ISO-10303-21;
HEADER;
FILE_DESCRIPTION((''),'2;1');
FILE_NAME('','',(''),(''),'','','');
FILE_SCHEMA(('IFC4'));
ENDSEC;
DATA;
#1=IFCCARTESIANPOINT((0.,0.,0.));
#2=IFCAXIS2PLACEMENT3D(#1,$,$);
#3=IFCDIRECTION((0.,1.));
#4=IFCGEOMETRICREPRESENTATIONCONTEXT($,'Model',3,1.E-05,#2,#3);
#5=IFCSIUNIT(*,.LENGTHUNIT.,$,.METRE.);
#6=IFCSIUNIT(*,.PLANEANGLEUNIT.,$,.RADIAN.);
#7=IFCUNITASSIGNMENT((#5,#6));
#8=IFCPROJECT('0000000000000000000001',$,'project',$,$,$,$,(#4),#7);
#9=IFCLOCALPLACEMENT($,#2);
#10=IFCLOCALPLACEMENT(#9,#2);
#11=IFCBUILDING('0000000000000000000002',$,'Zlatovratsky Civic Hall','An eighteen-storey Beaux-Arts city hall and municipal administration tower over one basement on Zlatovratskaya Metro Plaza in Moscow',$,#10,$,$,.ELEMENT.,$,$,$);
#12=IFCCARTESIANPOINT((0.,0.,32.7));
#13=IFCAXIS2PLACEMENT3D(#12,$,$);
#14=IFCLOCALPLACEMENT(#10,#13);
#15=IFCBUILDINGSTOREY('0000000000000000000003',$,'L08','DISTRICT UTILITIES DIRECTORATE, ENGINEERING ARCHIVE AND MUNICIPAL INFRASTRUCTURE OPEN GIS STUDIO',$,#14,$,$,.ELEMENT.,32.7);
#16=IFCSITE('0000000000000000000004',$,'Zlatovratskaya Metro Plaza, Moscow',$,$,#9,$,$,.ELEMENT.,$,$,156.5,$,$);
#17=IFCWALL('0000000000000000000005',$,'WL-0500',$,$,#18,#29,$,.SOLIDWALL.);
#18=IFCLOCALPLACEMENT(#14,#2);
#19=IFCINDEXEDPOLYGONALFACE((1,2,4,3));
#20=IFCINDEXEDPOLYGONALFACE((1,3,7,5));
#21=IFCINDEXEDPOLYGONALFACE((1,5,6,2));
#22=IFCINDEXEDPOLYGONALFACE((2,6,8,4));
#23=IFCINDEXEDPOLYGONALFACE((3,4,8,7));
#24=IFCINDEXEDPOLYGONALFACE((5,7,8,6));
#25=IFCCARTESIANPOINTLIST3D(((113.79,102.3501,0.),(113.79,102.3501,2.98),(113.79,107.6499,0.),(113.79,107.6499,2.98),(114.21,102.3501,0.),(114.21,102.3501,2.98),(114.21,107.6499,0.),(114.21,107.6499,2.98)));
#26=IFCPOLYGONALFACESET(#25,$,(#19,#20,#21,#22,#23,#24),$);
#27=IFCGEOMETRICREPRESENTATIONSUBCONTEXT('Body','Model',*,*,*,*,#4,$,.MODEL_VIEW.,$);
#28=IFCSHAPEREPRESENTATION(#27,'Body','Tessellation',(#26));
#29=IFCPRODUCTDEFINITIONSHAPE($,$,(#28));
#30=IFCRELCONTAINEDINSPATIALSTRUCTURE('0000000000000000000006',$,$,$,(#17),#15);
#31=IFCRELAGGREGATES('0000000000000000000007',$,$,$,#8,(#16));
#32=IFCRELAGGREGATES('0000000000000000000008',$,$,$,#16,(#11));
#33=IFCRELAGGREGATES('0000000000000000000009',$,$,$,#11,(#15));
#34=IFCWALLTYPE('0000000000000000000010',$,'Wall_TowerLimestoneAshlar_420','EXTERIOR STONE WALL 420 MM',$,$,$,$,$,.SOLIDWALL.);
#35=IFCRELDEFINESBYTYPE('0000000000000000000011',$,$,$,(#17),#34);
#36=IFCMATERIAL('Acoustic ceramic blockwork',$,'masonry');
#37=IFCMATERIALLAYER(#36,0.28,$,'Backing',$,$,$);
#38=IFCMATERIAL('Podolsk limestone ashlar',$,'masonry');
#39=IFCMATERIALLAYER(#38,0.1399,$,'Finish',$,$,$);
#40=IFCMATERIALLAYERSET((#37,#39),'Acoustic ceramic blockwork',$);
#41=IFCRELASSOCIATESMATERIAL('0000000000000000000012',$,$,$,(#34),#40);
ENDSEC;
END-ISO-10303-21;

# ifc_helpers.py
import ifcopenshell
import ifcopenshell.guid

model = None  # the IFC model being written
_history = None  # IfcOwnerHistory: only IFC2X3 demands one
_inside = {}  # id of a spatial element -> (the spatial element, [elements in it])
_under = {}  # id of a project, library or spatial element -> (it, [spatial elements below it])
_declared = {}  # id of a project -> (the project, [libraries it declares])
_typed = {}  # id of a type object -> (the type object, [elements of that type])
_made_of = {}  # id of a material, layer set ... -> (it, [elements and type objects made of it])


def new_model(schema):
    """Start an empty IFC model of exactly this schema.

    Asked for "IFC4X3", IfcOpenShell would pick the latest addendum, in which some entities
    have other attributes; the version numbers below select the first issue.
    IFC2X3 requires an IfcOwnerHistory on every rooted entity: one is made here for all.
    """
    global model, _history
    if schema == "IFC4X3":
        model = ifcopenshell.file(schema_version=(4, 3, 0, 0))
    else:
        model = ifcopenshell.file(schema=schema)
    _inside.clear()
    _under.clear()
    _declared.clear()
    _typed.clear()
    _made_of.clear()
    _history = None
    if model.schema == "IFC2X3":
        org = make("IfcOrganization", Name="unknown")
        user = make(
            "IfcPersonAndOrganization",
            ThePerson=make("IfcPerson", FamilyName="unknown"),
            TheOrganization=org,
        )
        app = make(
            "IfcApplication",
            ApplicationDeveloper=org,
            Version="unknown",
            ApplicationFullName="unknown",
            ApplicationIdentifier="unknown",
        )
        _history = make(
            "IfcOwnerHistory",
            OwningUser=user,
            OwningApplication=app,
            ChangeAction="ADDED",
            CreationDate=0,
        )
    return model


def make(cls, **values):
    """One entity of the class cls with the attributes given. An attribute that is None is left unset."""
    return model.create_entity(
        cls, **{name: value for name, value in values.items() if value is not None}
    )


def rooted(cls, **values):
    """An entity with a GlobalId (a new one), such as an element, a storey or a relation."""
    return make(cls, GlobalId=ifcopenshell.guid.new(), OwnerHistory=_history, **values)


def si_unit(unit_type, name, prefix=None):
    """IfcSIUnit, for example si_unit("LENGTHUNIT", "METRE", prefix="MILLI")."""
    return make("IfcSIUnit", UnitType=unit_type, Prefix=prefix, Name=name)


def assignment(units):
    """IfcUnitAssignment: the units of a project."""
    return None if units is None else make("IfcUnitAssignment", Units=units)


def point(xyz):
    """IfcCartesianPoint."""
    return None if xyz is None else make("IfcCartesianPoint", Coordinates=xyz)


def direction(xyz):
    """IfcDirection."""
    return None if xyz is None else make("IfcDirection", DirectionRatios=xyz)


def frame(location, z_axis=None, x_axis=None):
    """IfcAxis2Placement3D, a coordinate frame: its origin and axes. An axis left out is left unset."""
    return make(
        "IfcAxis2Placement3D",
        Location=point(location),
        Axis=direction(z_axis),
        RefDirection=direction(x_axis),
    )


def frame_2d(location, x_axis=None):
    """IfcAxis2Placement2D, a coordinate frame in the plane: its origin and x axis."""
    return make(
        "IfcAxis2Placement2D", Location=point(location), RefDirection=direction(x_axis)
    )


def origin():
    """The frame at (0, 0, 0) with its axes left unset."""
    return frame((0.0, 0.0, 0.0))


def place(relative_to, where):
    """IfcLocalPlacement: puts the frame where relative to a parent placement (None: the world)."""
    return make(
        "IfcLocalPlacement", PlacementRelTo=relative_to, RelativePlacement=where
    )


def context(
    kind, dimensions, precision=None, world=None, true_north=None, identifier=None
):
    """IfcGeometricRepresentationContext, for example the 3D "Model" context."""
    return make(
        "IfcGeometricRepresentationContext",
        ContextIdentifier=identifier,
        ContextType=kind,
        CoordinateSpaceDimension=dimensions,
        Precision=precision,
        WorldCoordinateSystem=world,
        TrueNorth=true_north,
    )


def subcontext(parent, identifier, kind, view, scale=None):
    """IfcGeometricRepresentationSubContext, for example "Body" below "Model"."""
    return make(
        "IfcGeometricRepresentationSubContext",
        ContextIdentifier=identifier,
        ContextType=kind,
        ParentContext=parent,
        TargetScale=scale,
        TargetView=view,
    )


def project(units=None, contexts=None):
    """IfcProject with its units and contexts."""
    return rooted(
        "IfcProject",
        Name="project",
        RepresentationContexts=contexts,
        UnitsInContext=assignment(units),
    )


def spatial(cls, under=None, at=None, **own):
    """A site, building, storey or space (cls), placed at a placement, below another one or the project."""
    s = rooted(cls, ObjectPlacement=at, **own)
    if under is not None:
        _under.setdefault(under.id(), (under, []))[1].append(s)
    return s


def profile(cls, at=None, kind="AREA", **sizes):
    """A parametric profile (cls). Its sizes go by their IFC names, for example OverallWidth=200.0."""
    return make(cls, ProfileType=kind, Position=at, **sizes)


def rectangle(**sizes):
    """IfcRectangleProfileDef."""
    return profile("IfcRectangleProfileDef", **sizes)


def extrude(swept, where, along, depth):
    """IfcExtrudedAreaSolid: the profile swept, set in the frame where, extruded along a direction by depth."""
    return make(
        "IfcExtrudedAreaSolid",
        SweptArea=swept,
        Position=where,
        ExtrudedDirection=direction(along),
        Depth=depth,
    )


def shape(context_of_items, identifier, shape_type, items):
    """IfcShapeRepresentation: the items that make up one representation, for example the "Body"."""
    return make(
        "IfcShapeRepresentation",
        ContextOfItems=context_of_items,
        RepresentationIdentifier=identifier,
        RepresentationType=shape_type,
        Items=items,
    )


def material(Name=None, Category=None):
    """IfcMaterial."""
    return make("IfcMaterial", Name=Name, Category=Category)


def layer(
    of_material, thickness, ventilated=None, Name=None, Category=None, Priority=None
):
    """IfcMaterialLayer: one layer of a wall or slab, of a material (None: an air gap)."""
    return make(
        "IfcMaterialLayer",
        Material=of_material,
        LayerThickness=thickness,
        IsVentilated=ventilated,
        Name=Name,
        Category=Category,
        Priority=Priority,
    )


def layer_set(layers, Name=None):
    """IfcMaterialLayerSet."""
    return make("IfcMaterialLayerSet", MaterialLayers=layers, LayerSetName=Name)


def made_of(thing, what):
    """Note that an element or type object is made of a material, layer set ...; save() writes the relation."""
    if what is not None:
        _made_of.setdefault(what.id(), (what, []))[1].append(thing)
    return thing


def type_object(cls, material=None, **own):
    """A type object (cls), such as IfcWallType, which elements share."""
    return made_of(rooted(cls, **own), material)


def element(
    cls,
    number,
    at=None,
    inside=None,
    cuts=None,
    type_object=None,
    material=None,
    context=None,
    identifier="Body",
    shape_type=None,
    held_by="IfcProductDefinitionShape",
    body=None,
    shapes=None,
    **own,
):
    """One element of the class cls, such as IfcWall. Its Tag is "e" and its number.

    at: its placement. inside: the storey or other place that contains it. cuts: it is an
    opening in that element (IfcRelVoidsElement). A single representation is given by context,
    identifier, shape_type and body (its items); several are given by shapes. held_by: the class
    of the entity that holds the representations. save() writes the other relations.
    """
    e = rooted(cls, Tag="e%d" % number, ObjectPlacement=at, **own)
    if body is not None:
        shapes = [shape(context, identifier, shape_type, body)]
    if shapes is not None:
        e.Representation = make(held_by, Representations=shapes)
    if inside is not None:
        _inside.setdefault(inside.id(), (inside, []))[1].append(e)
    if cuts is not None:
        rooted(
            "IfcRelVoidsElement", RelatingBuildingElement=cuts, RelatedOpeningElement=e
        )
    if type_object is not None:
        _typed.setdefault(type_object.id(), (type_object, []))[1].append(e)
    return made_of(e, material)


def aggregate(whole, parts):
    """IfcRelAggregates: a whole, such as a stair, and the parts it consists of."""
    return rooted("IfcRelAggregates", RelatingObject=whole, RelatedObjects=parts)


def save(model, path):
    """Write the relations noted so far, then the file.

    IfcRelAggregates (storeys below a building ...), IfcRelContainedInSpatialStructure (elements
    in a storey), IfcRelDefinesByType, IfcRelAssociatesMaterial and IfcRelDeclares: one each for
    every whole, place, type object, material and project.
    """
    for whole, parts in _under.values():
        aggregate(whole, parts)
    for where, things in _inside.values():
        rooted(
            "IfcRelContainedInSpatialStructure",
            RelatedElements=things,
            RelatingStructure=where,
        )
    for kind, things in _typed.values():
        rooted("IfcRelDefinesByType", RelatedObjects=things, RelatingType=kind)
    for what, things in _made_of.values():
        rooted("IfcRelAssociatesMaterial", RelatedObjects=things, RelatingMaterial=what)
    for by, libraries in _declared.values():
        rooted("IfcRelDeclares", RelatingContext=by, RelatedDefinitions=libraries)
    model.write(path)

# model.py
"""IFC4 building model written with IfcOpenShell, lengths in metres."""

from ifc_helpers import new_model, si_unit, direction, frame, frame_2d, origin, place, context, subcontext, project, spatial, rectangle, extrude, material, layer, layer_set, type_object, element, save


model = new_model("IFC4")

# Units and contexts
model_context = context("Model", 3, precision=1e-05, world=origin(), true_north=direction((0.0, 1.0)))
body_context = subcontext(model_context, "Body", "Model", "MODEL_VIEW")
ifc_project = project(units=[si_unit("LENGTHUNIT", "METRE"), si_unit("PLANEANGLEUNIT", "RADIAN")], contexts=[model_context])

# Site, building, storey
site_placement = place(None, origin())
site = spatial("IfcSite", under=ifc_project, at=site_placement, Name="Zlatovratskaya Metro Plaza, Moscow", CompositionType="ELEMENT", RefElevation=156.5)
building_placement = place(site_placement, origin())
building = spatial("IfcBuilding", under=site, at=building_placement, Name="Zlatovratsky Civic Hall", Description="An eighteen-storey Beaux-Arts city hall and municipal administration tower over one basement on Zlatovratskaya Metro Plaza in Moscow", CompositionType="ELEMENT")
storey_placement = place(building_placement, frame((0.0, 0.0, 32.7)))
storey = spatial("IfcBuildingStorey", under=building, at=storey_placement, Name="L08", Description="DISTRICT UTILITIES DIRECTORATE, ENGINEERING ARCHIVE AND MUNICIPAL INFRASTRUCTURE OPEN GIS STUDIO", CompositionType="ELEMENT", Elevation=32.7)

# Wall
ifc_material_1 = material(Name="Podolsk limestone ashlar", Category="masonry")
ifc_material_2 = material(Name="Acoustic ceramic blockwork", Category="masonry")
ifc_layer_1 = layer(ifc_material_2, 0.28, Name="Backing")
ifc_layer_2 = layer(ifc_material_1, 0.1399, Name="Finish")
ifc_layer_set_1 = layer_set([ifc_layer_1, ifc_layer_2], Name="Acoustic ceramic blockwork")
wall_type_1 = type_object("IfcWallType", Name="Wall_TowerLimestoneAshlar_420", Description="EXTERIOR STONE WALL 420 MM", PredefinedType="SOLIDWALL", material=ifc_layer_set_1)
for number, where, z_axis, x_axis, name in (
    (1, (114.0, 102.3501, 0.0), (0.0, 0.0, 1.0), (0.0, 1.0, 0.0), "WL-0500"),
):
    element("IfcWall", number, at=place(storey_placement, frame(where, z_axis=z_axis, x_axis=x_axis)), inside=storey, type_object=wall_type_1, Name=name, PredefinedType="SOLIDWALL", context=body_context, shape_type="SweptSolid", body=[
        extrude(rectangle(XDim=5.2998, YDim=0.4199, at=frame_2d((2.6499, 0.0))), origin(), (0.0, 0.0, 1.0), 2.98),
    ])

save(model, "model.ifc")
